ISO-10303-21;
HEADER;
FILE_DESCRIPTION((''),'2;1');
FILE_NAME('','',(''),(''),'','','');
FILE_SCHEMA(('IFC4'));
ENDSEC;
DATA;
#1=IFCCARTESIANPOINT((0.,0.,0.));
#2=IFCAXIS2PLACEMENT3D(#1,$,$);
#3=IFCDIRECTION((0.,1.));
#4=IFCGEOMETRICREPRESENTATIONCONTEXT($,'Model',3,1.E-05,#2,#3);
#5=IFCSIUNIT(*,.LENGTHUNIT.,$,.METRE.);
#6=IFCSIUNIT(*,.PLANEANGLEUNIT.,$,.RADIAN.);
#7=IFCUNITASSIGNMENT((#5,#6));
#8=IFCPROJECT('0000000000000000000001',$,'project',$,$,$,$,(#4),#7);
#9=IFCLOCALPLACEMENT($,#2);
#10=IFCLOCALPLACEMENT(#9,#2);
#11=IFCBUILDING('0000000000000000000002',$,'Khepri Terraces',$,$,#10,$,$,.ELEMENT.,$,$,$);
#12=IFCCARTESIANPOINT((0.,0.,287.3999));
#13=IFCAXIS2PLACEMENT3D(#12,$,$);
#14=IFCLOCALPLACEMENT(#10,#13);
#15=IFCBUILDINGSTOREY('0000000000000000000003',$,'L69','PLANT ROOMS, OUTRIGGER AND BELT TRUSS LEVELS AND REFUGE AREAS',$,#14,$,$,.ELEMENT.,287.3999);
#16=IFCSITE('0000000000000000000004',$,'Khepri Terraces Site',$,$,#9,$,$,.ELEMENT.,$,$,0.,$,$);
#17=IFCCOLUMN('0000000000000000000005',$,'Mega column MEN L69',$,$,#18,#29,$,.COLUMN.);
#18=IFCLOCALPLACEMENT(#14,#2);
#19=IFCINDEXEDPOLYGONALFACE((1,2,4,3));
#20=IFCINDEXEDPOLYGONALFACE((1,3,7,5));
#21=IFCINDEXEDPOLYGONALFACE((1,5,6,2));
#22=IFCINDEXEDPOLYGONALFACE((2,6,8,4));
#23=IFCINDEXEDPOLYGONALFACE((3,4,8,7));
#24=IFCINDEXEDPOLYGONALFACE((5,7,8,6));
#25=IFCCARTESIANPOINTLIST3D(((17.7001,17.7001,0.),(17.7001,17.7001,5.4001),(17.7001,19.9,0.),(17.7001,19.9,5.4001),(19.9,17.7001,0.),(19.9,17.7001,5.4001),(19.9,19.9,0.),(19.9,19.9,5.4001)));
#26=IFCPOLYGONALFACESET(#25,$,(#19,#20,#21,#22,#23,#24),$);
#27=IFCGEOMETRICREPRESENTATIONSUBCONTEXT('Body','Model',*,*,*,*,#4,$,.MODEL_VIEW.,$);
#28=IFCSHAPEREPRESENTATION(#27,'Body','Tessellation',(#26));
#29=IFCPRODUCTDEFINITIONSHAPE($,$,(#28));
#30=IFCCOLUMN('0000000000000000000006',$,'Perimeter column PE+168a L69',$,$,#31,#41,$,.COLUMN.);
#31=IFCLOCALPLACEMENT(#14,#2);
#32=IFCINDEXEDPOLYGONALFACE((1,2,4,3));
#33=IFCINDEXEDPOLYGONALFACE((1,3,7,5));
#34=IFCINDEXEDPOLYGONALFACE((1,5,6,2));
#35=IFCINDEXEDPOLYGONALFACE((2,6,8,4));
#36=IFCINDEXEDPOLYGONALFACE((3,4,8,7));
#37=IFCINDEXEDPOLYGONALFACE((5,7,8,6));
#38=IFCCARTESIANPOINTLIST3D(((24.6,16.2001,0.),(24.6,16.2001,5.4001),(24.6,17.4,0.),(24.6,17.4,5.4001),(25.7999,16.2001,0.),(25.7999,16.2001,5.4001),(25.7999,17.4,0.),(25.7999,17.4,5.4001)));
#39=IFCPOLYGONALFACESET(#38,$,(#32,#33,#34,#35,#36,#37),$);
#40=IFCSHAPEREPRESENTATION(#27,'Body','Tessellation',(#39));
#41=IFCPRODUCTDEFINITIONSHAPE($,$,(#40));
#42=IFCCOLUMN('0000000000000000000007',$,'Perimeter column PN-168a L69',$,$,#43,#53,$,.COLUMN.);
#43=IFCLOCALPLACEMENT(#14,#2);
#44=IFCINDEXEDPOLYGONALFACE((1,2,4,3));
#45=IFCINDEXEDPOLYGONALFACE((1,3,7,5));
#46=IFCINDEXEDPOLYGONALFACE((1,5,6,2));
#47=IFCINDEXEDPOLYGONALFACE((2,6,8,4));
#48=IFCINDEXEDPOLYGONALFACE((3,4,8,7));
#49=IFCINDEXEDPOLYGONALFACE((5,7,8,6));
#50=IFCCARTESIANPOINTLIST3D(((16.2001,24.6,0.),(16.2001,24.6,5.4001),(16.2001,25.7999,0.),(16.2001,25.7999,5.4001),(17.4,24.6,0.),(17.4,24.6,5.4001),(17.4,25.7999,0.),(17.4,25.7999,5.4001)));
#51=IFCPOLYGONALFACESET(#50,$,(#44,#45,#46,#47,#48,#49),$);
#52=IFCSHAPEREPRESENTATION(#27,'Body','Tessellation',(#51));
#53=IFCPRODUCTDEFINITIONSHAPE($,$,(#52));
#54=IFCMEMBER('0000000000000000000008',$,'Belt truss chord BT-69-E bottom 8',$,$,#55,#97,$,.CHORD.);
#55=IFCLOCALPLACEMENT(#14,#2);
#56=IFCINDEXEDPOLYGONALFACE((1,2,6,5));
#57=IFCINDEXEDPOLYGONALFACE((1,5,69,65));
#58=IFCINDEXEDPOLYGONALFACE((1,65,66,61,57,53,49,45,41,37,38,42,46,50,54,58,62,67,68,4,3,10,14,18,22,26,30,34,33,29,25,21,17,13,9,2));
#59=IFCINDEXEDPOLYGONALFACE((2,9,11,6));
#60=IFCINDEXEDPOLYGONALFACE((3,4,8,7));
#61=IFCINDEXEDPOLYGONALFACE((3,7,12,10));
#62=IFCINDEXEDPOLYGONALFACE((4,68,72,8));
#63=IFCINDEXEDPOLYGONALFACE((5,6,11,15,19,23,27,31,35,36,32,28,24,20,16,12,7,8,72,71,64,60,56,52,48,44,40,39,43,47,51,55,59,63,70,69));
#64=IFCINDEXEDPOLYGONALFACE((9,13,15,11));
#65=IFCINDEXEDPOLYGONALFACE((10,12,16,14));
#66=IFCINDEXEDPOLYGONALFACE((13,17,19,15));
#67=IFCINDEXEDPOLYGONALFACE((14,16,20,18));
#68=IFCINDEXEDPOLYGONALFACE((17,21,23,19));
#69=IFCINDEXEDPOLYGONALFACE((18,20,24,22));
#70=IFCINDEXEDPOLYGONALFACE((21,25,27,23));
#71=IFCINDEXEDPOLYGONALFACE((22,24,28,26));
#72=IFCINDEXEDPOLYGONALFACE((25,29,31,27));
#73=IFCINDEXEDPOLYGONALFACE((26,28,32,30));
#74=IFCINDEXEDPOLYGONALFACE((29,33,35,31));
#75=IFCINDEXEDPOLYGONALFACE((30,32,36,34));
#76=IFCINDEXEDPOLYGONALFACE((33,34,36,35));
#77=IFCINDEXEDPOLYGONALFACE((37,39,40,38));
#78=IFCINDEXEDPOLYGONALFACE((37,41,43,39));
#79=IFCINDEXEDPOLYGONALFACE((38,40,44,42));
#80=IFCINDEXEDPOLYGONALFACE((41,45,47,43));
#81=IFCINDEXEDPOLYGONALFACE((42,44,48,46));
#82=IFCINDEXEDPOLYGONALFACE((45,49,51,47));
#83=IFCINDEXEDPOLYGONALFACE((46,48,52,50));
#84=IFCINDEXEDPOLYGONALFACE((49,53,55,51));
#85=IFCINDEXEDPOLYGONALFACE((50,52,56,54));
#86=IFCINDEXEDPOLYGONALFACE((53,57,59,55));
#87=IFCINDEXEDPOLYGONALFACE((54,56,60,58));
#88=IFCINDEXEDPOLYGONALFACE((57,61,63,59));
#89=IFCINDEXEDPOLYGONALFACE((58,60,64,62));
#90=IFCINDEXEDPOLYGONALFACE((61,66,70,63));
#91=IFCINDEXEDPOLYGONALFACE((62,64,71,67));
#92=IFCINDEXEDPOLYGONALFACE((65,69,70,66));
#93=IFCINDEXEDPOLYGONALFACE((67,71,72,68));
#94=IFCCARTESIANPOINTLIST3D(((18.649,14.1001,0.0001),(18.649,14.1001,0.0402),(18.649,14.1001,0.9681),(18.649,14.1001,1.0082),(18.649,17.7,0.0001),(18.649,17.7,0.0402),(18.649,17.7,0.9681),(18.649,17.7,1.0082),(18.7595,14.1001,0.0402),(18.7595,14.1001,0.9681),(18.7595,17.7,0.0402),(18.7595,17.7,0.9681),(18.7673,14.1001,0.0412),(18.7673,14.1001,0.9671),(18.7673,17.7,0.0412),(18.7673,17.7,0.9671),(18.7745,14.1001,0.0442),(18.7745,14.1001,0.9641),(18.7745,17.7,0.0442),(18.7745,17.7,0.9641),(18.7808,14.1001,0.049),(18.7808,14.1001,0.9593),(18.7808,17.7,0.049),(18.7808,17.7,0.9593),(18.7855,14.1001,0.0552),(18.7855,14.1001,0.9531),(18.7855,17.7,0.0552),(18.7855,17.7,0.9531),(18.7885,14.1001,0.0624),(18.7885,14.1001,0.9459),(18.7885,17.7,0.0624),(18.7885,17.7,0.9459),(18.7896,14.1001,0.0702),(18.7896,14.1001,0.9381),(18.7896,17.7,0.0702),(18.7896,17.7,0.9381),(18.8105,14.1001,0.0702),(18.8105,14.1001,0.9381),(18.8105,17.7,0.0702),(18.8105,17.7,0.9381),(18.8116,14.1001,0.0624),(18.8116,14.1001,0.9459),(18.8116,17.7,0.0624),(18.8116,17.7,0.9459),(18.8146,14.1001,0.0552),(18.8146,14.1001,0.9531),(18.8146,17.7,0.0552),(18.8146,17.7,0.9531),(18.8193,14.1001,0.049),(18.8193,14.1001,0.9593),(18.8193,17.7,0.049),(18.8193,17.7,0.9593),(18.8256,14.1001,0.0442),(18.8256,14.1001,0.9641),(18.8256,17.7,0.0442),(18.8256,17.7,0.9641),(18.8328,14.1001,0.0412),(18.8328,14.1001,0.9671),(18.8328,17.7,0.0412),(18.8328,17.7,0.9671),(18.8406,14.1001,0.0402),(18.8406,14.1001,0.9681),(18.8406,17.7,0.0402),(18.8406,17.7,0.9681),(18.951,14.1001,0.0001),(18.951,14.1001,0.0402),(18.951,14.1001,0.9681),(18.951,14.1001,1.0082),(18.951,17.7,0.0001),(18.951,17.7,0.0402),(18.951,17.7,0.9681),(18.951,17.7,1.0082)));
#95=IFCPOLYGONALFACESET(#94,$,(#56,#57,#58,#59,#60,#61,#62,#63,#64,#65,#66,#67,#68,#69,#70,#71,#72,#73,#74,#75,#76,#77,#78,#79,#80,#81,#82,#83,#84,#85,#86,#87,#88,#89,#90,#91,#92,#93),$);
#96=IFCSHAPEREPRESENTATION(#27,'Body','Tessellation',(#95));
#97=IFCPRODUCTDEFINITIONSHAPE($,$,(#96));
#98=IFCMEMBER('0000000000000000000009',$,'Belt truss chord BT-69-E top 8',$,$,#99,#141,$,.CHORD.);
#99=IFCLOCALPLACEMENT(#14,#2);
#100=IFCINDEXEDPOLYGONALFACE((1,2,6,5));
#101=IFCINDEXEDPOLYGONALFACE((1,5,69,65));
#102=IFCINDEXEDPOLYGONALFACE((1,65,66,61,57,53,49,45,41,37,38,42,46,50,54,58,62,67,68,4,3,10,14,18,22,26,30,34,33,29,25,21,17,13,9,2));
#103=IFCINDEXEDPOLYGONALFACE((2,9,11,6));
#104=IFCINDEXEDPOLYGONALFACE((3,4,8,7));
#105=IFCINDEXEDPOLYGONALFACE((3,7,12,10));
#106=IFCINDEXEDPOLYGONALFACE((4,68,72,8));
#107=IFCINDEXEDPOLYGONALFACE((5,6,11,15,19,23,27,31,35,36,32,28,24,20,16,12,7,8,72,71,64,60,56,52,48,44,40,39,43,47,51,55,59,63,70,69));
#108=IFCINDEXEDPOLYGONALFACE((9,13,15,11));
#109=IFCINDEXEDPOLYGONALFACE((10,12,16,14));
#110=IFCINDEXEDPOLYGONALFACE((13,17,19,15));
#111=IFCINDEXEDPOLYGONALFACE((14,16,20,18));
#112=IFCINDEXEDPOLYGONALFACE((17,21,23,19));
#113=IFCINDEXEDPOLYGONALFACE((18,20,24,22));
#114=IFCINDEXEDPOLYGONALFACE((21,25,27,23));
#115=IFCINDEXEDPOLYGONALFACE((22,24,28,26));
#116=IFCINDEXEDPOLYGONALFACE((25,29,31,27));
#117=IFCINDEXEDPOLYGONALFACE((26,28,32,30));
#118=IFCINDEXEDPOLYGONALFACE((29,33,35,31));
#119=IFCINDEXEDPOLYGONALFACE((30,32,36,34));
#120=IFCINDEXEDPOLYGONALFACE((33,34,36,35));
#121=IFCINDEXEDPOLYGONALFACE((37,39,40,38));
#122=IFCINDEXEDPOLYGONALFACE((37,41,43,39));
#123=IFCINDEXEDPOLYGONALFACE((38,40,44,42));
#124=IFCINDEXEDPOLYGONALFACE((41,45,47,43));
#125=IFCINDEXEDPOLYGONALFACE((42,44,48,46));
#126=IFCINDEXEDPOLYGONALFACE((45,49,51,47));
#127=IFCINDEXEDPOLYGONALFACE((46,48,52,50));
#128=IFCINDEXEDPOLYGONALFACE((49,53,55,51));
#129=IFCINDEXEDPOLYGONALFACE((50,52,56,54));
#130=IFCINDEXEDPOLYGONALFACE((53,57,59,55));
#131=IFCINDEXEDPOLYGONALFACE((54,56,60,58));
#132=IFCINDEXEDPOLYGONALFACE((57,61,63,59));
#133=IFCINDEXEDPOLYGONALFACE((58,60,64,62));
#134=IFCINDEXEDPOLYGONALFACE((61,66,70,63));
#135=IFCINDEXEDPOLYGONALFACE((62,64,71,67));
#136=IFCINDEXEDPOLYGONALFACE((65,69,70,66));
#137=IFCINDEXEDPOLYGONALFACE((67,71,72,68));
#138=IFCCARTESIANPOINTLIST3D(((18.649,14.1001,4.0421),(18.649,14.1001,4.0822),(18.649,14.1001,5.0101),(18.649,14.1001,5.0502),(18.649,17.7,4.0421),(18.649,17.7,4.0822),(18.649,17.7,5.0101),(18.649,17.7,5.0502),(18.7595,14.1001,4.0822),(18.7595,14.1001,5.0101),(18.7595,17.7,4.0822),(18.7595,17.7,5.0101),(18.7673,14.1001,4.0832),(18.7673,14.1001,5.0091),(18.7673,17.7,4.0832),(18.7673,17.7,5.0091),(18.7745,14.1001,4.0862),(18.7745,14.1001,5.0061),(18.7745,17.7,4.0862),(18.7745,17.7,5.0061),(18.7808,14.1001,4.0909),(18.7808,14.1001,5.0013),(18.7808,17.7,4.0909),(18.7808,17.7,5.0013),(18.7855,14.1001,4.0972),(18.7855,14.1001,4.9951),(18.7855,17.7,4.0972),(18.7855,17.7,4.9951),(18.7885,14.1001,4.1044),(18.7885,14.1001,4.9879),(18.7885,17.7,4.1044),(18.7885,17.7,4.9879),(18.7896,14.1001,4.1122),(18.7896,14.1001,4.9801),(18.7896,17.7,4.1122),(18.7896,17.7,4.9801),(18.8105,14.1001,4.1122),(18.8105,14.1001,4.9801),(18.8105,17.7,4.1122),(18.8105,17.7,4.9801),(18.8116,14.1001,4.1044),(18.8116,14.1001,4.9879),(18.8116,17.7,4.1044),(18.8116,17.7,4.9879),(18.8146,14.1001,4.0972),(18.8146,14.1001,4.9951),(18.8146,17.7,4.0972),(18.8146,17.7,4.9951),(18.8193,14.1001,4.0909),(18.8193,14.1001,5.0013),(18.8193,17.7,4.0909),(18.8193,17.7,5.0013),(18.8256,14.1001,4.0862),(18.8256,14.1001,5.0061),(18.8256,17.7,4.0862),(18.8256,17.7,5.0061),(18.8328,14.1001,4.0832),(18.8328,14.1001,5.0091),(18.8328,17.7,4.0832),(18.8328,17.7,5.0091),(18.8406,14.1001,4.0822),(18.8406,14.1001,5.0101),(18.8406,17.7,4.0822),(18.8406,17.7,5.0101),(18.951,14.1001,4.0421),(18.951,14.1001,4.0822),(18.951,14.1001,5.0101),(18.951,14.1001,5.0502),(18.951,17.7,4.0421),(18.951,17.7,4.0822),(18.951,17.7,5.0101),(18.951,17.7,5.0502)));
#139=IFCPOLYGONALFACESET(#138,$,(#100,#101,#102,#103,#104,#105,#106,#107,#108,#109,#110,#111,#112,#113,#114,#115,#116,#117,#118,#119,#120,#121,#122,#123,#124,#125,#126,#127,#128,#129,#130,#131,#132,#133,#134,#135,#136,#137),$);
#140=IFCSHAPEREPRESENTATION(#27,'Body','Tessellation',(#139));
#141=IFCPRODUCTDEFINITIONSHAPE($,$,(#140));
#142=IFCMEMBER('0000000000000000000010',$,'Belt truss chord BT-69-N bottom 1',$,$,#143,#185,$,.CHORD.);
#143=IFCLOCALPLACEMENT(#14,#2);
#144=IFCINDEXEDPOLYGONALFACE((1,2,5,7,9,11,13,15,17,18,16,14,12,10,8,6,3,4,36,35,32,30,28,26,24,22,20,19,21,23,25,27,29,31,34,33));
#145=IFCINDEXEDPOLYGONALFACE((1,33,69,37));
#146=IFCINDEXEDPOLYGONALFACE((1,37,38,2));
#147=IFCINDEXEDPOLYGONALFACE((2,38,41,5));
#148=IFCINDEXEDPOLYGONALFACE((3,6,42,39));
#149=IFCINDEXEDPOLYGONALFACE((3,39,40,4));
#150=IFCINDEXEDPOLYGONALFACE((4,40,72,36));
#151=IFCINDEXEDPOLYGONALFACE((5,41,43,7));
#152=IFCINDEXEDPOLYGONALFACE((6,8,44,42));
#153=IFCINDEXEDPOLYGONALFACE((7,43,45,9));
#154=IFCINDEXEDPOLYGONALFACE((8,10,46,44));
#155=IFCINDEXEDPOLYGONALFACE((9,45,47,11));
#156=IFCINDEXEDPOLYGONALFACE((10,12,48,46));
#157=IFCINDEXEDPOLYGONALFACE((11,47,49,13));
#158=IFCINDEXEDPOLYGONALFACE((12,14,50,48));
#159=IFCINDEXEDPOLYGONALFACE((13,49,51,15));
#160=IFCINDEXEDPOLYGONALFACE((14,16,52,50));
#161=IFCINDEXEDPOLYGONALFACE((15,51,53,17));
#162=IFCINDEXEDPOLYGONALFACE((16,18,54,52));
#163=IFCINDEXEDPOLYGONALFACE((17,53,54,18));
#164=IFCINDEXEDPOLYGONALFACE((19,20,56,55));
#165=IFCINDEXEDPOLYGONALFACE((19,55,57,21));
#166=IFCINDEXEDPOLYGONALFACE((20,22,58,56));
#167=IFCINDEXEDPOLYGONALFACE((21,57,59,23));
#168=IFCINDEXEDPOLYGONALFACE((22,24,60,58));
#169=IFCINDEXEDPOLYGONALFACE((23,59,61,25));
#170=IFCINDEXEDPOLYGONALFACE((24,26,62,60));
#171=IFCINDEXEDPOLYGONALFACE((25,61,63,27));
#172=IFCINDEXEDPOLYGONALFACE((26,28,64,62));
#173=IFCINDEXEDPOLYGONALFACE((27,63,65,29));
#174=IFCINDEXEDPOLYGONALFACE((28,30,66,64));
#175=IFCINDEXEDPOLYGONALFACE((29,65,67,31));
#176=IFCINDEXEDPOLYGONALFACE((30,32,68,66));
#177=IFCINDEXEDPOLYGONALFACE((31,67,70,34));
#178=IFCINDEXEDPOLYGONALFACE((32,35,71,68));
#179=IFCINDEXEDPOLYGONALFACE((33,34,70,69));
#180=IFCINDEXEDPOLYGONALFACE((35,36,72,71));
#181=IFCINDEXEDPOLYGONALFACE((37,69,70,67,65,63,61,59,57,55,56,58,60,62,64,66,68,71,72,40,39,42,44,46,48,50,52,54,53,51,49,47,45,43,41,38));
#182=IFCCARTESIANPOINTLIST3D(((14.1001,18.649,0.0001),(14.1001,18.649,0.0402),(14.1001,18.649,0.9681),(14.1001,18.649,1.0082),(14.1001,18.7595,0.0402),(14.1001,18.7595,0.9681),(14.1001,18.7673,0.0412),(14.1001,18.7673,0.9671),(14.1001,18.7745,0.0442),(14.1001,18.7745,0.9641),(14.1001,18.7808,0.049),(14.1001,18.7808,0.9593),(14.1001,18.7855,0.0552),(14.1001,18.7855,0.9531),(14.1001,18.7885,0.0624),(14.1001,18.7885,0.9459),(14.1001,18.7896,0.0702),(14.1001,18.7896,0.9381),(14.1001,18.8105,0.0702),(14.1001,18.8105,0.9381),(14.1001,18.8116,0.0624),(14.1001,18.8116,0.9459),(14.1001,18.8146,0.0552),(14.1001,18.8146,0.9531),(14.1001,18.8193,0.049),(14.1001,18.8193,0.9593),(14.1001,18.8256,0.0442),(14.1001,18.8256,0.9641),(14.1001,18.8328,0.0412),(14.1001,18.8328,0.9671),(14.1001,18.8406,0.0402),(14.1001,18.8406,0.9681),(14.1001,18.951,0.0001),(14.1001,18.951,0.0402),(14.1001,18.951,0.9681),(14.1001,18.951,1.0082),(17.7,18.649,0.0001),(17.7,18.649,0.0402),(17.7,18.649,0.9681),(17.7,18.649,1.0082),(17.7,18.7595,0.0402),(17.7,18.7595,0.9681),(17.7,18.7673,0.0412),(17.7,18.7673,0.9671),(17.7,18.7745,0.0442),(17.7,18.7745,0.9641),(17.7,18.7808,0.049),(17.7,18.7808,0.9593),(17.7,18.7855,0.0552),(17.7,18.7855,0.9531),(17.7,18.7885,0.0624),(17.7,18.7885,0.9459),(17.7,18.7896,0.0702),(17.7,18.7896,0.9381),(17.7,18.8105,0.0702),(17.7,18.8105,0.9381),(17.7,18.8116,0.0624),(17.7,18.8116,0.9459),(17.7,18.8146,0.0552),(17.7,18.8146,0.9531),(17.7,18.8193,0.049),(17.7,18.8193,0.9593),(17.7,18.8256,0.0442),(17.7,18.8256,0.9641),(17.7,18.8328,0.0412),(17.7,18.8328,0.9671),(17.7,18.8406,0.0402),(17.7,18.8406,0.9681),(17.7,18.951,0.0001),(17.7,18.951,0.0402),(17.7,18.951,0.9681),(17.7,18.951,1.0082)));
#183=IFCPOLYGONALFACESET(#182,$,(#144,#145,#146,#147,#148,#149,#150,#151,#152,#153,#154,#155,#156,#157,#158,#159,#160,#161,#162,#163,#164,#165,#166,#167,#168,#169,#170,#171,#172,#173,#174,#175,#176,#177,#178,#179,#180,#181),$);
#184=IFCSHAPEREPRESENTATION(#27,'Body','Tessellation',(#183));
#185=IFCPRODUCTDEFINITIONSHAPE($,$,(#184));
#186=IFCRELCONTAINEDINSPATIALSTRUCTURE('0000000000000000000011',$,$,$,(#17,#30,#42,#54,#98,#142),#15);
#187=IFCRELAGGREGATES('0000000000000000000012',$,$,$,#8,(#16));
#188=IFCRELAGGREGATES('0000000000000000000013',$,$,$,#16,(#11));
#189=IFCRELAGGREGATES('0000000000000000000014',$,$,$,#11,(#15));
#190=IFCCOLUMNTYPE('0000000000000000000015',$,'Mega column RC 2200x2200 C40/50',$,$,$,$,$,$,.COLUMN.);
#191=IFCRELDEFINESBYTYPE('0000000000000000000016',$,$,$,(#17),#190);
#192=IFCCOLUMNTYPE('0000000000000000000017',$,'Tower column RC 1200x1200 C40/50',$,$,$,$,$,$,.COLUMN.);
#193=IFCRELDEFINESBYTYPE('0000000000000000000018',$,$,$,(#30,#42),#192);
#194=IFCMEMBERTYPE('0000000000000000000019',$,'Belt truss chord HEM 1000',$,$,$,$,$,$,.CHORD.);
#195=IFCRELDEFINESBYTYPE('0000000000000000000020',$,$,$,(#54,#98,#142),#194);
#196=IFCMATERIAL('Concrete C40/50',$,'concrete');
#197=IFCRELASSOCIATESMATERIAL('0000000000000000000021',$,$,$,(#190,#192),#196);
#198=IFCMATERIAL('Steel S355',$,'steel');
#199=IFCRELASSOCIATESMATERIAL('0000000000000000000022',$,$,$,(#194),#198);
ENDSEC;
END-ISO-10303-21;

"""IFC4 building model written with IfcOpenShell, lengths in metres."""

from ifc_helpers import new_model, si_unit, direction, frame, origin, origin_2d, place, context, subcontext, project, spatial, rectangle, i_section, extrude, material, material_profile, profile_set, type_object, element, save


model = new_model("IFC4")

# Units and contexts
model_context = context("Model", 3, precision=1e-05, world=origin(), true_north=direction((0.0, 1.0)))
body_context = subcontext(model_context, "Body", "Model", "MODEL_VIEW")
ifc_project = project(units=[si_unit("LENGTHUNIT", "METRE"), si_unit("PLANEANGLEUNIT", "RADIAN")], contexts=[model_context])

# Site, building, storey
site_placement = place(None, origin())
site = spatial("IfcSite", under=ifc_project, at=site_placement, Name="Khepri Terraces Site", CompositionType="ELEMENT", RefElevation=0.0)
building_placement = place(site_placement, origin())
building = spatial("IfcBuilding", under=site, at=building_placement, Name="Khepri Terraces", CompositionType="ELEMENT")
storey_placement = place(building_placement, frame((0.0, 0.0, 287.3999)))
storey = spatial("IfcBuildingStorey", under=building, at=storey_placement, Name="L69", Description="PLANT ROOMS, OUTRIGGER AND BELT TRUSS LEVELS AND REFUGE AREAS", CompositionType="ELEMENT", Elevation=287.3999)

# Columns
ifc_material_1 = material(Name="Concrete C40/50", Category="concrete")
ifc_material_profile_1 = material_profile(ifc_material_1, rectangle(XDim=2.2, YDim=2.2, at=origin_2d()), Name="Concrete C40/50", Category="concrete")
ifc_profile_set_1 = profile_set([ifc_material_profile_1], Name="Concrete C40/50")
column_type_1 = type_object("IfcColumnType", Name="Mega column RC 2200x2200 C40/50", PredefinedType="COLUMN", material=ifc_profile_set_1)
column_placement = place(storey_placement, frame((18.8, 18.8, 0.0), z_axis=(0.0, 0.0, 1.0), x_axis=(1.0, 0.0, 0.0)))
element("IfcColumn", 1, at=column_placement, inside=storey, type_object=column_type_1, Name="Mega column MEN L69", PredefinedType="COLUMN", context=body_context, shape_type="SweptSolid", body=[
    extrude(rectangle(XDim=2.2, YDim=2.2, at=origin_2d()), origin(), (0.0, 0.0, 1.0), 5.4001),
])
ifc_material_profile_2 = material_profile(ifc_material_1, rectangle(XDim=1.2, YDim=1.2, at=origin_2d()), Name="Concrete C40/50", Category="concrete")
ifc_profile_set_2 = profile_set([ifc_material_profile_2], Name="Concrete C40/50")
column_type_2 = type_object("IfcColumnType", Name="Tower column RC 1200x1200 C40/50", PredefinedType="COLUMN", material=ifc_profile_set_2)
for number, where, z_axis, x_axis, name in (
    (2, (25.2, 16.8, 0.0), (0.0, 0.0, 1.0), (1.0, 0.0, 0.0), "Perimeter column PE+168a L69"),
    (3, (16.8, 25.2, 0.0), (0.0, 0.0, 1.0), (1.0, 0.0, 0.0), "Perimeter column PN-168a L69"),
):
    element("IfcColumn", number, at=place(storey_placement, frame(where, z_axis=z_axis, x_axis=x_axis)), inside=storey, type_object=column_type_2, Name=name, PredefinedType="COLUMN", context=body_context, shape_type="SweptSolid", body=[
        extrude(rectangle(XDim=1.2, YDim=1.2, at=origin_2d()), origin(), (0.0, 0.0, 1.0), 5.4001),
    ])

# Members
ifc_material_2 = material(Name="Steel S355", Category="steel")
ifc_material_profile_3 = material_profile(ifc_material_2, i_section(OverallWidth=0.302, OverallDepth=1.0081, WebThickness=0.021, FlangeThickness=0.04, FilletRadius=0.03, at=origin_2d()), Name="Steel S355", Category="steel")
ifc_profile_set_3 = profile_set([ifc_material_profile_3], Name="Steel S355")
member_type_1 = type_object("IfcMemberType", Name="Belt truss chord HEM 1000", PredefinedType="CHORD", material=ifc_profile_set_3)
for number, where, z_axis, x_axis, name in (
    (4, (18.8, 14.1001, 0.5042), (0.0, 1.0, 0.0), (-1.0, 0.0, 0.0), "Belt truss chord BT-69-E bottom 8"),
    (5, (18.8, 14.1001, 4.5461), (0.0, 1.0, 0.0), (-1.0, 0.0, 0.0), "Belt truss chord BT-69-E top 8"),
    (6, (17.7, 18.8, 0.5042), (-1.0, 0.0, 0.0), (0.0, -1.0, 0.0), "Belt truss chord BT-69-N bottom 1"),
):
    element("IfcMember", number, at=place(storey_placement, frame(where, z_axis=z_axis, x_axis=x_axis)), inside=storey, type_object=member_type_1, Name=name, PredefinedType="CHORD", context=body_context, shape_type="SweptSolid", body=[
        extrude(i_section(OverallWidth=0.302, OverallDepth=1.0081, WebThickness=0.021, FlangeThickness=0.04, FilletRadius=0.03, at=origin_2d()), origin(), (0.0, 0.0, 1.0), 3.5999),
    ])

save(model, "model.ifc")
